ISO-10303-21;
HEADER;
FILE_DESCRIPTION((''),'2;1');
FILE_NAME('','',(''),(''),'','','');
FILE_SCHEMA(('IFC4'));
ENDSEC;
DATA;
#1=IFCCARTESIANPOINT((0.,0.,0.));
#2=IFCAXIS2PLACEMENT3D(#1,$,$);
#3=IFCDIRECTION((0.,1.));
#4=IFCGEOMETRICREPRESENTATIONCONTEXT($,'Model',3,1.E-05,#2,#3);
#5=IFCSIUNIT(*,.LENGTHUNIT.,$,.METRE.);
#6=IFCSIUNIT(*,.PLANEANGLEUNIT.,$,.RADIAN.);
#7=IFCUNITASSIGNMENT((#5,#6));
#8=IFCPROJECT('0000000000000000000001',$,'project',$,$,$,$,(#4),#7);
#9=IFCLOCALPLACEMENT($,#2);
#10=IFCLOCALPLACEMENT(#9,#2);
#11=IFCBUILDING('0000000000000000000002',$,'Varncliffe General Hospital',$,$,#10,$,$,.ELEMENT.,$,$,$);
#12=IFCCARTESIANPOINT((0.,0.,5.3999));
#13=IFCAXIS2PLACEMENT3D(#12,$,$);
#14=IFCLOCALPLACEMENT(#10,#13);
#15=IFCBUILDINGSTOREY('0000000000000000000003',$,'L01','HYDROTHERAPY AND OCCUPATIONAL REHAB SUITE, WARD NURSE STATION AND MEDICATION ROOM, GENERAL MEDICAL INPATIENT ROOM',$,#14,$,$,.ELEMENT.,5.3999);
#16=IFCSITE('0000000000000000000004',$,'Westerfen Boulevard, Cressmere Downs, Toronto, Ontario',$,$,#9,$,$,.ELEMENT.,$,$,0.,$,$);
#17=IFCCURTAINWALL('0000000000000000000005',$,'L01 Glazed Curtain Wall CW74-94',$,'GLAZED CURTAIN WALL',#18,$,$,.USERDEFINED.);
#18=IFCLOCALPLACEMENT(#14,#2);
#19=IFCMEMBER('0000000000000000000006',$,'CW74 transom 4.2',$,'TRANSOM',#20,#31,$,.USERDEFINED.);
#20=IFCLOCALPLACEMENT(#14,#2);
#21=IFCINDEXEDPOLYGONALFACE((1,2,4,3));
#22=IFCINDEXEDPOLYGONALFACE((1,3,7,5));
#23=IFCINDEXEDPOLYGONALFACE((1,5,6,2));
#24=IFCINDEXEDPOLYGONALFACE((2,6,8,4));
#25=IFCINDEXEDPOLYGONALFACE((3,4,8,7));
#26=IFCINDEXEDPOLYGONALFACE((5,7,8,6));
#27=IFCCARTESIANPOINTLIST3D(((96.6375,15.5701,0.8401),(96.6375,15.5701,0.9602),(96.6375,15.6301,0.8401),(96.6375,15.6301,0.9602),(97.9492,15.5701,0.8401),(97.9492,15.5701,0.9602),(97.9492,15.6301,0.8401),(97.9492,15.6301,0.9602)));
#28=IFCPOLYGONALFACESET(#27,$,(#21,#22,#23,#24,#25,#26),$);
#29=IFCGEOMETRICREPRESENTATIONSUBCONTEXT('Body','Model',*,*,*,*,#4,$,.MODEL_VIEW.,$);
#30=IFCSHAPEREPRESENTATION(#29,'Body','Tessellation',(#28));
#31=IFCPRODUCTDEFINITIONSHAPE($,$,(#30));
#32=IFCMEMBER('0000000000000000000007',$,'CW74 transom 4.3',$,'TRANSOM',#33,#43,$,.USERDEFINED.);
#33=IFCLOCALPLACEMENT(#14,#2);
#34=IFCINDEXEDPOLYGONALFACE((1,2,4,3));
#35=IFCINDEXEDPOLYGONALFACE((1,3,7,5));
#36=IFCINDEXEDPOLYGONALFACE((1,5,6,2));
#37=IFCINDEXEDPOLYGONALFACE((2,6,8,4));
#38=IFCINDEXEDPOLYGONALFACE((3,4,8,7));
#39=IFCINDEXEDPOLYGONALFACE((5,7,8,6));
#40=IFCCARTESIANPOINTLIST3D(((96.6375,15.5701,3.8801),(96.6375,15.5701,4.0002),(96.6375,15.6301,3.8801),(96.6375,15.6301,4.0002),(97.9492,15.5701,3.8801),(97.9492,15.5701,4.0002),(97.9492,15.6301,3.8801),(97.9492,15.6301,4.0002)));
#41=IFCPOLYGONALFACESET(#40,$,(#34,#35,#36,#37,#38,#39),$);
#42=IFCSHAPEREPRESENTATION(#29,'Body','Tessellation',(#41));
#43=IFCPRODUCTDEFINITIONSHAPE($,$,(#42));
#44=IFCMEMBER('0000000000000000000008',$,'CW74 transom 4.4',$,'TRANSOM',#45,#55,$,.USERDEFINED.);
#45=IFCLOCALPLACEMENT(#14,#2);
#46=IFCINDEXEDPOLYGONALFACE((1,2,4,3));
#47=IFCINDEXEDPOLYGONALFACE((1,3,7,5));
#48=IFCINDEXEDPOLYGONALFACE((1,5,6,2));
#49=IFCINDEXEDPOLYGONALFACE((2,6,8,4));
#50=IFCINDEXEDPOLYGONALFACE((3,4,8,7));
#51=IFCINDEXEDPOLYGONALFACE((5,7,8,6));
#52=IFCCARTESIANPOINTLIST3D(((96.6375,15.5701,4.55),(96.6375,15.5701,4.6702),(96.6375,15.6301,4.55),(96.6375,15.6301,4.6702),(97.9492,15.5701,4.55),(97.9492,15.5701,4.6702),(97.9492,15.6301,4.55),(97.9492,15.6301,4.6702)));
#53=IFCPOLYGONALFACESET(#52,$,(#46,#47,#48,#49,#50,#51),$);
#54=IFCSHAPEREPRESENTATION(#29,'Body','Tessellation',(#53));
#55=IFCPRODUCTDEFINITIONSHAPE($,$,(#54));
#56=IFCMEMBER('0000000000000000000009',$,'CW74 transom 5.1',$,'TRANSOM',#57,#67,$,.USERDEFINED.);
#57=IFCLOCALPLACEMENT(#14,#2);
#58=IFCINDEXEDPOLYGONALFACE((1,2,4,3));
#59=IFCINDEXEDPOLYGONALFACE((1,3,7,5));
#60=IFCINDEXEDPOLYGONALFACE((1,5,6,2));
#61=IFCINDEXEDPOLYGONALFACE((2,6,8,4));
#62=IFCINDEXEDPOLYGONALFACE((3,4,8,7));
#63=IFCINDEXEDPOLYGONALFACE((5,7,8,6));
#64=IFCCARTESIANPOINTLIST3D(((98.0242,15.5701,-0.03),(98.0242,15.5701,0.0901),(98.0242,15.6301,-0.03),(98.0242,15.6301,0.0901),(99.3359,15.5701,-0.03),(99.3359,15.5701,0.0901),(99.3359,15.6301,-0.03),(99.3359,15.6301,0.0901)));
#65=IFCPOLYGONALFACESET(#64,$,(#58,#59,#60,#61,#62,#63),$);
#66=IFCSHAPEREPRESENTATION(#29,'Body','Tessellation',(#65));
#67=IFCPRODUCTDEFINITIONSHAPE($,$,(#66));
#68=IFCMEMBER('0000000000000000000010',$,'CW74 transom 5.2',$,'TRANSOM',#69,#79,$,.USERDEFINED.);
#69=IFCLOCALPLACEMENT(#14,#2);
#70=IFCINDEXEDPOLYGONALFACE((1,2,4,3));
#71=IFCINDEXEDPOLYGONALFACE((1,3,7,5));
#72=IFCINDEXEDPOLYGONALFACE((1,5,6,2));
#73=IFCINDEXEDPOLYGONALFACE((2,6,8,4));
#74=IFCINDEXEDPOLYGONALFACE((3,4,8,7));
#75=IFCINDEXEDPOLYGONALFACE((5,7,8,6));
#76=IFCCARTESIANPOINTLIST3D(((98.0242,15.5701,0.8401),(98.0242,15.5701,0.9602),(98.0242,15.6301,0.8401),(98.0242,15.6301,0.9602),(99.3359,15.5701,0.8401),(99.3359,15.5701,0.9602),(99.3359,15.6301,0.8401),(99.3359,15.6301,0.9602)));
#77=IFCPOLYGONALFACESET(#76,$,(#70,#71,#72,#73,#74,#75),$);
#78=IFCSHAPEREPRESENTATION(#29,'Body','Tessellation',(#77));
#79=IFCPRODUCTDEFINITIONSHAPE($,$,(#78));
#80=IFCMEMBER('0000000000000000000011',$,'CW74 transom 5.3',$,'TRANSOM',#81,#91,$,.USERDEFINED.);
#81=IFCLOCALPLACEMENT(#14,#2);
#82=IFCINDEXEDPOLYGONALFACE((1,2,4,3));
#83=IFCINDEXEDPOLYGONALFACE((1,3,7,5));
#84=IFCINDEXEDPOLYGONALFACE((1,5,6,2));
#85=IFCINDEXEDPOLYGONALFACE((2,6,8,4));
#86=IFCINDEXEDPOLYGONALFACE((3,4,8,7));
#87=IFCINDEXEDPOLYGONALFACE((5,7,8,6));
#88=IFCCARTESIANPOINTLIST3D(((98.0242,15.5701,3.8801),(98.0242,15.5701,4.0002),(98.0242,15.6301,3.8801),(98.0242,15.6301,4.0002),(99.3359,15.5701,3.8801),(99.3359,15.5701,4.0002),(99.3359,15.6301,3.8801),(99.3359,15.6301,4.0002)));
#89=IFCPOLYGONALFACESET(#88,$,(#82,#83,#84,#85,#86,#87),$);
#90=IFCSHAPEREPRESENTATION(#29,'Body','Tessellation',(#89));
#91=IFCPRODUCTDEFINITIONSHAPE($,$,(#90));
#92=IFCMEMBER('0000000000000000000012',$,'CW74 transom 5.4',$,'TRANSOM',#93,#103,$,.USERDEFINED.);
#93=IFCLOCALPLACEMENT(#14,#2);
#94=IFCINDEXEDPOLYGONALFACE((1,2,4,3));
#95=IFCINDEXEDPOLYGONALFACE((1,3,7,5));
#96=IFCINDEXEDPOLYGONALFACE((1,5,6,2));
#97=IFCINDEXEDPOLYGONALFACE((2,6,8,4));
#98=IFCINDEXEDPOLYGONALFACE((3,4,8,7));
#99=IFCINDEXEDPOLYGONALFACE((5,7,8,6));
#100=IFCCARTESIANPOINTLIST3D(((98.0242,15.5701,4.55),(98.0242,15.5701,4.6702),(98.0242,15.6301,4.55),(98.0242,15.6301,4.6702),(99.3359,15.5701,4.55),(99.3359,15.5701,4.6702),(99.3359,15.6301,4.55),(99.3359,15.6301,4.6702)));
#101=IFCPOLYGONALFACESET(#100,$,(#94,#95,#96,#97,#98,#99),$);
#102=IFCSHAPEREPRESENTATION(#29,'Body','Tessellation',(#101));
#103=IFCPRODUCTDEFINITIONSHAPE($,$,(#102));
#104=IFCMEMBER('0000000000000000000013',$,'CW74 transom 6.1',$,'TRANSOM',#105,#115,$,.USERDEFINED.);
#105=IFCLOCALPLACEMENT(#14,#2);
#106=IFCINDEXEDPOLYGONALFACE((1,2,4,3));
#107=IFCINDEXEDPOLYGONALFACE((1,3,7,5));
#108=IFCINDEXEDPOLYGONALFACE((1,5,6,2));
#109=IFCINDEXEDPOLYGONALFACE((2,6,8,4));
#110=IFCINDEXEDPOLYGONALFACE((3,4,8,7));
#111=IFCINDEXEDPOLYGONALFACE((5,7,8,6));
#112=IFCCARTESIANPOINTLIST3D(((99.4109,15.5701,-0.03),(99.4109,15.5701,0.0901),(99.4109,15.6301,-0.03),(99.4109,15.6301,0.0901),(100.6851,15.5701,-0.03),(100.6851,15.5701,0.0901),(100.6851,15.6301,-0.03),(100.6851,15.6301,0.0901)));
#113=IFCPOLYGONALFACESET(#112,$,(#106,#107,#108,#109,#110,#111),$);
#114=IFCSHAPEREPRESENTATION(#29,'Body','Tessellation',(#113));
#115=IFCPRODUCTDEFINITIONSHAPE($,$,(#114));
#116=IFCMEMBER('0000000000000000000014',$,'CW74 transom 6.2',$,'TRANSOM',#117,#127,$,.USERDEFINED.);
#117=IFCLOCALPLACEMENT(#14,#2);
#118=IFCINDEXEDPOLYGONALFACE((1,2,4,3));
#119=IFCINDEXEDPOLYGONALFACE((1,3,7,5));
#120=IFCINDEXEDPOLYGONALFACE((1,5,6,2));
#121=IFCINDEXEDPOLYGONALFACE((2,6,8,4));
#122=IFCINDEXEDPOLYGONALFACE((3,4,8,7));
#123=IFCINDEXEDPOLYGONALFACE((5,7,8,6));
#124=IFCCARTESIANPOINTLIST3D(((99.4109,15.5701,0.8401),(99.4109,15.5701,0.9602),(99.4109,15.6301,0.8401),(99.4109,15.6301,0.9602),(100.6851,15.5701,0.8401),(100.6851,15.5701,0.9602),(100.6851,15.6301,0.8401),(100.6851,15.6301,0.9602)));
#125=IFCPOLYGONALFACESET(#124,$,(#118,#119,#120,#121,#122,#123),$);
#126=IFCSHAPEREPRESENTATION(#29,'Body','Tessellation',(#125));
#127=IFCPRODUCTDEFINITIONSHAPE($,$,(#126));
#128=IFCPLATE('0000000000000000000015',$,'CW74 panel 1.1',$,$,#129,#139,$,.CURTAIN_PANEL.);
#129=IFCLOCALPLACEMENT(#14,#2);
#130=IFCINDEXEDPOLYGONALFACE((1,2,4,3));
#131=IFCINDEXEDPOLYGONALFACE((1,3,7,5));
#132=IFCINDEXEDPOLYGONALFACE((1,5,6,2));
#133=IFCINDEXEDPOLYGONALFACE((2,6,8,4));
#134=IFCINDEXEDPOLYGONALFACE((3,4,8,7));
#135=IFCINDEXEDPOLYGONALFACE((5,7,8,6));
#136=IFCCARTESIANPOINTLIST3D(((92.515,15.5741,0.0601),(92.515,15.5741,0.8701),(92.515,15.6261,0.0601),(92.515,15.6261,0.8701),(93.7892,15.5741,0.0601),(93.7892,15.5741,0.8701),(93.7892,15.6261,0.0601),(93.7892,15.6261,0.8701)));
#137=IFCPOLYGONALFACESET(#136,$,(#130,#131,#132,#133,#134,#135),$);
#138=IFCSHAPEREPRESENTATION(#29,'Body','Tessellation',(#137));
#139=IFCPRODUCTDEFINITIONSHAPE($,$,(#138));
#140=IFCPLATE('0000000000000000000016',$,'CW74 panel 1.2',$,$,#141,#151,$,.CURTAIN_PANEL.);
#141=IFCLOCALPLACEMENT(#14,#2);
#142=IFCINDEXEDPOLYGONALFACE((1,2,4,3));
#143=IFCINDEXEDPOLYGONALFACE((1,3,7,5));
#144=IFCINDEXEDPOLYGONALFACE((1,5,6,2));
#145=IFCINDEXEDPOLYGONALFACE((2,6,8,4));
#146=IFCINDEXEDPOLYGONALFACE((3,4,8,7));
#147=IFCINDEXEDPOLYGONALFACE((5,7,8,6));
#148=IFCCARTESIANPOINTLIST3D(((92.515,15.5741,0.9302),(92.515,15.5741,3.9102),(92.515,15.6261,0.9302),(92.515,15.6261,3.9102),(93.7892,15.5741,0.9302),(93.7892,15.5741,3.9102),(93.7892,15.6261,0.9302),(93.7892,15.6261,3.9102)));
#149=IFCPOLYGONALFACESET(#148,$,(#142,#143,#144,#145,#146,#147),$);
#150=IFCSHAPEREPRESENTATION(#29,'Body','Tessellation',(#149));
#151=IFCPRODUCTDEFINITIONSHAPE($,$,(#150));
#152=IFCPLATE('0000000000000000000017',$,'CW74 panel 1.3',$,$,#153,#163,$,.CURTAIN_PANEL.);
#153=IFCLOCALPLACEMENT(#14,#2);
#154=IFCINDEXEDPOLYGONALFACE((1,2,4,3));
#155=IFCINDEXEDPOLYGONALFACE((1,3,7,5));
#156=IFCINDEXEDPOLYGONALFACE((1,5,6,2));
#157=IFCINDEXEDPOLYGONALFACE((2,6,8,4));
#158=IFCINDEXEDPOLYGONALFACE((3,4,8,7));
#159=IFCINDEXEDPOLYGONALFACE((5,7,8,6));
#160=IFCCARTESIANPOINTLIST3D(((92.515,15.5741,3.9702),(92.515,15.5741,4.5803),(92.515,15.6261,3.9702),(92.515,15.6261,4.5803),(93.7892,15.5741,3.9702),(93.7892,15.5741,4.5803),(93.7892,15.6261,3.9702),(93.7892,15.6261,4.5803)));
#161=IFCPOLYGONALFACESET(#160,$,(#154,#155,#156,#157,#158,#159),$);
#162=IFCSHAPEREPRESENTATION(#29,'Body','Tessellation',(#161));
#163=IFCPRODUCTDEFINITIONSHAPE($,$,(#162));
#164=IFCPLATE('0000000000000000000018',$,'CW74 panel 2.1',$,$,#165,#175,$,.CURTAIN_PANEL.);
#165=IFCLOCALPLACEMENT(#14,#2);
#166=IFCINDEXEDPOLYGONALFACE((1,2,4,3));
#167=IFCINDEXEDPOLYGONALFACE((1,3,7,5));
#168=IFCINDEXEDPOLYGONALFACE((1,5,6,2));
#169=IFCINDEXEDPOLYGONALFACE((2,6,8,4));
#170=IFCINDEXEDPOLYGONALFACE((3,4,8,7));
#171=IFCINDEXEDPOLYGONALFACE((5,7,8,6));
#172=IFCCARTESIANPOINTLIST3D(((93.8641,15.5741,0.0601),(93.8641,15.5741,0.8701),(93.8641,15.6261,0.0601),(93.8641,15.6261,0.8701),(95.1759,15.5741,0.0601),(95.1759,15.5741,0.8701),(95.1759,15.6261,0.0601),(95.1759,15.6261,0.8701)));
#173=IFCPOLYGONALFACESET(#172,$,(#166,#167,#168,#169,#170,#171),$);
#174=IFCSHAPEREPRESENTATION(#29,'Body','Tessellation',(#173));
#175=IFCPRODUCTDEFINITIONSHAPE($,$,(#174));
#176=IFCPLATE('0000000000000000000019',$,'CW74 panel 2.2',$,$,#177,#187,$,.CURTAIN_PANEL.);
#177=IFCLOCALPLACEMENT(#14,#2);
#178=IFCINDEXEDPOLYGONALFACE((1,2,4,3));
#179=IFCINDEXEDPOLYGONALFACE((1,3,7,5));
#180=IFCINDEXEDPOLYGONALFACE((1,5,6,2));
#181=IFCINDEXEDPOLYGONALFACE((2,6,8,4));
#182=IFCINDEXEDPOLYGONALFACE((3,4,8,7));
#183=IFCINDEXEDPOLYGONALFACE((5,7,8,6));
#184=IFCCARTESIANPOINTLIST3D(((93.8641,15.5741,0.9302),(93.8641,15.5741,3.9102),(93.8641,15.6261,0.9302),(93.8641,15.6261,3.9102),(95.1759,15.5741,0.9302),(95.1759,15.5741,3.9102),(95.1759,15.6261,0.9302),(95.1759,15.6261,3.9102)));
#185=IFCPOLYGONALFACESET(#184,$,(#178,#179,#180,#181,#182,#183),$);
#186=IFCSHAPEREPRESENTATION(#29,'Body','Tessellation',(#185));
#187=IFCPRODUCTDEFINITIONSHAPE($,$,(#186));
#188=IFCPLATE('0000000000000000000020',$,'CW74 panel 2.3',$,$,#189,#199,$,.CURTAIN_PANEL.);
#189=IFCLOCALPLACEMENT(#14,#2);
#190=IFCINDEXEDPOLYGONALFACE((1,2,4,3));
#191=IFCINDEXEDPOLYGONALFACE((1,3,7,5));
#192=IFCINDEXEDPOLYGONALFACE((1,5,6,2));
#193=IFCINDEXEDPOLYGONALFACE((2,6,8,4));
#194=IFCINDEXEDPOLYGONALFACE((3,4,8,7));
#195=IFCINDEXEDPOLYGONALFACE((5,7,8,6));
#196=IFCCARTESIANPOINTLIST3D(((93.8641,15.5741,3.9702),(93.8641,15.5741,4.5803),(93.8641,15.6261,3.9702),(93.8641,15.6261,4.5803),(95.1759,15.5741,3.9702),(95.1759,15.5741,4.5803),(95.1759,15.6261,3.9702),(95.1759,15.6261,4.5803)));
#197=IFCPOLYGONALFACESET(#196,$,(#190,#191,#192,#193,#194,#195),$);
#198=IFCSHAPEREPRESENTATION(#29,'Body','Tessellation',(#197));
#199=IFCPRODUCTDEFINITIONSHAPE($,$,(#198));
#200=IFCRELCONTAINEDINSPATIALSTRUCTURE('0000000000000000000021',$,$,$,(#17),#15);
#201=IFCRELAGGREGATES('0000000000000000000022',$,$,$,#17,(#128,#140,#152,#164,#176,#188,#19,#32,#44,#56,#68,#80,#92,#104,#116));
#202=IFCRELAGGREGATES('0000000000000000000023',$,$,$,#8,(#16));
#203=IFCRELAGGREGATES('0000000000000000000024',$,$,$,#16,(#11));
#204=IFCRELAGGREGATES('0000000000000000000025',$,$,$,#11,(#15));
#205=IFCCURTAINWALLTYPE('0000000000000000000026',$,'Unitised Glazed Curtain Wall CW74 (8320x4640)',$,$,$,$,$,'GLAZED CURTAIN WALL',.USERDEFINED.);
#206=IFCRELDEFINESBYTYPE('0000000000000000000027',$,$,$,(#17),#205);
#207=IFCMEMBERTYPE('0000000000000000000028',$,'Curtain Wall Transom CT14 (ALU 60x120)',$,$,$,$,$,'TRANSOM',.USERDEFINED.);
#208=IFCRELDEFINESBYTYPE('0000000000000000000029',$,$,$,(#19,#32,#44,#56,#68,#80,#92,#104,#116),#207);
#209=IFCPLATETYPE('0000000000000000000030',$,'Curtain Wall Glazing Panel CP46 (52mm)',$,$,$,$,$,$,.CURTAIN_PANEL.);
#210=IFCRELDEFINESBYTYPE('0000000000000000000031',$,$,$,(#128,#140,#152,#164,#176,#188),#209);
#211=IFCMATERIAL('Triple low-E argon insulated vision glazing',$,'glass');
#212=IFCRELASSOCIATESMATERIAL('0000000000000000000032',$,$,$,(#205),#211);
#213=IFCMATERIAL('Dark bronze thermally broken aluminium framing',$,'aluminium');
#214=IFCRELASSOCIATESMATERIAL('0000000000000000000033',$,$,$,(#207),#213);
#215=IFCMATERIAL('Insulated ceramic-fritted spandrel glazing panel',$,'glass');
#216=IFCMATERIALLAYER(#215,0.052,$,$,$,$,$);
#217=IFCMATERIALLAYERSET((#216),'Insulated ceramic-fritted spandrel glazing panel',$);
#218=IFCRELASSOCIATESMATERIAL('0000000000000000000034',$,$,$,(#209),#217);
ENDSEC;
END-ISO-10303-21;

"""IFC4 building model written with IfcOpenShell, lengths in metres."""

from ifc_helpers import new_model, si_unit, direction, frame, origin, origin_2d, place, context, subcontext, project, spatial, rectangle, extrude, material, layer, layer_set, material_profile, profile_set, type_object, element, aggregate, save


model = new_model("IFC4")

# Units and contexts
model_context = context("Model", 3, precision=1e-05, world=origin(), true_north=direction((0.0, 1.0)))
body_context = subcontext(model_context, "Body", "Model", "MODEL_VIEW")
ifc_project = project(units=[si_unit("LENGTHUNIT", "METRE"), si_unit("PLANEANGLEUNIT", "RADIAN")], contexts=[model_context])

# Site, building, storey
site_placement = place(None, origin())
site = spatial("IfcSite", under=ifc_project, at=site_placement, Name="Westerfen Boulevard, Cressmere Downs, Toronto, Ontario", CompositionType="ELEMENT", RefElevation=0.0)
building_placement = place(site_placement, origin())
building = spatial("IfcBuilding", under=site, at=building_placement, Name="Varncliffe General Hospital", CompositionType="ELEMENT")
storey_placement = place(building_placement, frame((0.0, 0.0, 5.3999)))
storey = spatial("IfcBuildingStorey", under=building, at=storey_placement, Name="L01", Description="HYDROTHERAPY AND OCCUPATIONAL REHAB SUITE, WARD NURSE STATION AND MEDICATION ROOM, GENERAL MEDICAL INPATIENT ROOM", CompositionType="ELEMENT", Elevation=5.3999)

# Curtain wall, members, plates
ifc_material_1 = material(Name="Triple low-E argon insulated vision glazing", Category="glass")
curtain_wall_type = type_object("IfcCurtainWallType", Name="Unitised Glazed Curtain Wall CW74 (8320x4640)", ElementType="GLAZED CURTAIN WALL", PredefinedType="USERDEFINED", material=ifc_material_1)
curtain_wall_placement = place(storey_placement, origin())
curtain_wall = element("IfcCurtainWall", 1, at=curtain_wall_placement, inside=storey, type_object=curtain_wall_type, Name="L01 Glazed Curtain Wall CW74-94", ObjectType="GLAZED CURTAIN WALL", PredefinedType="USERDEFINED")
ifc_material_2 = material(Name="Dark bronze thermally broken aluminium framing", Category="aluminium")
ifc_material_profile_1 = material_profile(ifc_material_2, rectangle(XDim=0.0601, YDim=0.1201, at=origin_2d()), Name="ALU 60x120")
ifc_profile_set_1 = profile_set([ifc_material_profile_1], Name="Dark bronze thermally broken aluminium framing")
member_type_1 = type_object("IfcMemberType", Name="Curtain Wall Transom CT14 (ALU 60x120)", ElementType="TRANSOM", PredefinedType="USERDEFINED", material=ifc_profile_set_1)
member_1_placement = place(storey_placement, frame((96.6375, 15.6001, 0.9001), z_axis=(1.0, 0.0, 0.0), x_axis=(0.0, 1.0, 0.0)))
member_1 = element("IfcMember", 2, at=member_1_placement, type_object=member_type_1, Name="CW74 transom 4.2", ObjectType="TRANSOM", PredefinedType="USERDEFINED", context=body_context, shape_type="SweptSolid", body=[
    extrude(rectangle(XDim=0.0601, YDim=0.1201, at=origin_2d()), origin(), (0.0, 0.0, 1.0), 1.3118),
])
member_2_placement = place(storey_placement, frame((96.6375, 15.6001, 3.9402), z_axis=(1.0, 0.0, 0.0), x_axis=(0.0, 1.0, 0.0)))
member_2 = element("IfcMember", 3, at=member_2_placement, type_object=member_type_1, Name="CW74 transom 4.3", ObjectType="TRANSOM", PredefinedType="USERDEFINED", context=body_context, shape_type="SweptSolid", body=[
    extrude(rectangle(XDim=0.0601, YDim=0.1201, at=origin_2d()), origin(), (0.0, 0.0, 1.0), 1.3118),
])
member_3_placement = place(storey_placement, frame((96.6375, 15.6001, 4.6101), z_axis=(1.0, 0.0, 0.0), x_axis=(0.0, 1.0, 0.0)))
member_3 = element("IfcMember", 4, at=member_3_placement, type_object=member_type_1, Name="CW74 transom 4.4", ObjectType="TRANSOM", PredefinedType="USERDEFINED", context=body_context, shape_type="SweptSolid", body=[
    extrude(rectangle(XDim=0.0601, YDim=0.1201, at=origin_2d()), origin(), (0.0, 0.0, 1.0), 1.3118),
])
member_4_placement = place(storey_placement, frame((98.0242, 15.6001, 0.03), z_axis=(1.0, 0.0, 0.0), x_axis=(0.0, 1.0, 0.0)))
member_4 = element("IfcMember", 5, at=member_4_placement, type_object=member_type_1, Name="CW74 transom 5.1", ObjectType="TRANSOM", PredefinedType="USERDEFINED", context=body_context, shape_type="SweptSolid", body=[
    extrude(rectangle(XDim=0.0601, YDim=0.1201, at=origin_2d()), origin(), (0.0, 0.0, 1.0), 1.3118),
])
member_5_placement = place(storey_placement, frame((98.0242, 15.6001, 0.9001), z_axis=(1.0, 0.0, 0.0), x_axis=(0.0, 1.0, 0.0)))
member_5 = element("IfcMember", 6, at=member_5_placement, type_object=member_type_1, Name="CW74 transom 5.2", ObjectType="TRANSOM", PredefinedType="USERDEFINED", context=body_context, shape_type="SweptSolid", body=[
    extrude(rectangle(XDim=0.0601, YDim=0.1201, at=origin_2d()), origin(), (0.0, 0.0, 1.0), 1.3118),
])
member_6_placement = place(storey_placement, frame((98.0242, 15.6001, 3.9402), z_axis=(1.0, 0.0, 0.0), x_axis=(0.0, 1.0, 0.0)))
member_6 = element("IfcMember", 7, at=member_6_placement, type_object=member_type_1, Name="CW74 transom 5.3", ObjectType="TRANSOM", PredefinedType="USERDEFINED", context=body_context, shape_type="SweptSolid", body=[
    extrude(rectangle(XDim=0.0601, YDim=0.1201, at=origin_2d()), origin(), (0.0, 0.0, 1.0), 1.3118),
])
member_7_placement = place(storey_placement, frame((98.0242, 15.6001, 4.6101), z_axis=(1.0, 0.0, 0.0), x_axis=(0.0, 1.0, 0.0)))
member_7 = element("IfcMember", 8, at=member_7_placement, type_object=member_type_1, Name="CW74 transom 5.4", ObjectType="TRANSOM", PredefinedType="USERDEFINED", context=body_context, shape_type="SweptSolid", body=[
    extrude(rectangle(XDim=0.0601, YDim=0.1201, at=origin_2d()), origin(), (0.0, 0.0, 1.0), 1.3118),
])
member_8_placement = place(storey_placement, frame((99.4109, 15.6001, 0.03), z_axis=(1.0, 0.0, 0.0), x_axis=(0.0, 1.0, 0.0)))
member_8 = element("IfcMember", 9, at=member_8_placement, type_object=member_type_1, Name="CW74 transom 6.1", ObjectType="TRANSOM", PredefinedType="USERDEFINED", context=body_context, shape_type="SweptSolid", body=[
    extrude(rectangle(XDim=0.0601, YDim=0.1201, at=origin_2d()), origin(), (0.0, 0.0, 1.0), 1.2742),
])
member_9_placement = place(storey_placement, frame((99.4109, 15.6001, 0.9001), z_axis=(1.0, 0.0, 0.0), x_axis=(0.0, 1.0, 0.0)))
member_9 = element("IfcMember", 10, at=member_9_placement, type_object=member_type_1, Name="CW74 transom 6.2", ObjectType="TRANSOM", PredefinedType="USERDEFINED", context=body_context, shape_type="SweptSolid", body=[
    extrude(rectangle(XDim=0.0601, YDim=0.1201, at=origin_2d()), origin(), (0.0, 0.0, 1.0), 1.2742),
])
ifc_material_3 = material(Name="Insulated ceramic-fritted spandrel glazing panel", Category="glass")
ifc_layer = layer(ifc_material_3, 0.052)
ifc_layer_set = layer_set([ifc_layer], Name="Insulated ceramic-fritted spandrel glazing panel")
plate_type = type_object("IfcPlateType", Name="Curtain Wall Glazing Panel CP46 (52mm)", PredefinedType="CURTAIN_PANEL", material=ifc_layer_set)
plate_1_placement = place(storey_placement, frame((93.1521, 15.6001, 0.0601), z_axis=(0.0, 0.0, 1.0), x_axis=(1.0, 0.0, 0.0)))
plate_1 = element("IfcPlate", 11, at=plate_1_placement, type_object=plate_type, Name="CW74 panel 1.1", PredefinedType="CURTAIN_PANEL", context=body_context, shape_type="SweptSolid", body=[
    extrude(rectangle(XDim=1.2742, YDim=0.052, at=origin_2d()), origin(), (0.0, 0.0, 1.0), 0.8101),
])
plate_2_placement = place(storey_placement, frame((93.1521, 15.6001, 0.9302), z_axis=(0.0, 0.0, 1.0), x_axis=(1.0, 0.0, 0.0)))
plate_2 = element("IfcPlate", 12, at=plate_2_placement, type_object=plate_type, Name="CW74 panel 1.2", PredefinedType="CURTAIN_PANEL", context=body_context, shape_type="SweptSolid", body=[
    extrude(rectangle(XDim=1.2742, YDim=0.052, at=origin_2d()), origin(), (0.0, 0.0, 1.0), 2.98),
])
plate_3_placement = place(storey_placement, frame((93.1521, 15.6001, 3.9702), z_axis=(0.0, 0.0, 1.0), x_axis=(1.0, 0.0, 0.0)))
plate_3 = element("IfcPlate", 13, at=plate_3_placement, type_object=plate_type, Name="CW74 panel 1.3", PredefinedType="CURTAIN_PANEL", context=body_context, shape_type="SweptSolid", body=[
    extrude(rectangle(XDim=1.2742, YDim=0.052, at=origin_2d()), origin(), (0.0, 0.0, 1.0), 0.6101),
])
plate_4_placement = place(storey_placement, frame((94.52, 15.6001, 0.0601), z_axis=(0.0, 0.0, 1.0), x_axis=(1.0, 0.0, 0.0)))
plate_4 = element("IfcPlate", 14, at=plate_4_placement, type_object=plate_type, Name="CW74 panel 2.1", PredefinedType="CURTAIN_PANEL", context=body_context, shape_type="SweptSolid", body=[
    extrude(rectangle(XDim=1.3118, YDim=0.052, at=origin_2d()), origin(), (0.0, 0.0, 1.0), 0.8101),
])
plate_5_placement = place(storey_placement, frame((94.52, 15.6001, 0.9302), z_axis=(0.0, 0.0, 1.0), x_axis=(1.0, 0.0, 0.0)))
plate_5 = element("IfcPlate", 15, at=plate_5_placement, type_object=plate_type, Name="CW74 panel 2.2", PredefinedType="CURTAIN_PANEL", context=body_context, shape_type="SweptSolid", body=[
    extrude(rectangle(XDim=1.3118, YDim=0.052, at=origin_2d()), origin(), (0.0, 0.0, 1.0), 2.98),
])
plate_6_placement = place(storey_placement, frame((94.52, 15.6001, 3.9702), z_axis=(0.0, 0.0, 1.0), x_axis=(1.0, 0.0, 0.0)))
plate_6 = element("IfcPlate", 16, at=plate_6_placement, type_object=plate_type, Name="CW74 panel 2.3", PredefinedType="CURTAIN_PANEL", context=body_context, shape_type="SweptSolid", body=[
    extrude(rectangle(XDim=1.3118, YDim=0.052, at=origin_2d()), origin(), (0.0, 0.0, 1.0), 0.6101),
])
aggregate(curtain_wall, [plate_1, plate_2, plate_3, plate_4, plate_5, plate_6, member_1, member_2, member_3, member_4, member_5, member_6, member_7, member_8, member_9])

save(model, "model.ifc")
